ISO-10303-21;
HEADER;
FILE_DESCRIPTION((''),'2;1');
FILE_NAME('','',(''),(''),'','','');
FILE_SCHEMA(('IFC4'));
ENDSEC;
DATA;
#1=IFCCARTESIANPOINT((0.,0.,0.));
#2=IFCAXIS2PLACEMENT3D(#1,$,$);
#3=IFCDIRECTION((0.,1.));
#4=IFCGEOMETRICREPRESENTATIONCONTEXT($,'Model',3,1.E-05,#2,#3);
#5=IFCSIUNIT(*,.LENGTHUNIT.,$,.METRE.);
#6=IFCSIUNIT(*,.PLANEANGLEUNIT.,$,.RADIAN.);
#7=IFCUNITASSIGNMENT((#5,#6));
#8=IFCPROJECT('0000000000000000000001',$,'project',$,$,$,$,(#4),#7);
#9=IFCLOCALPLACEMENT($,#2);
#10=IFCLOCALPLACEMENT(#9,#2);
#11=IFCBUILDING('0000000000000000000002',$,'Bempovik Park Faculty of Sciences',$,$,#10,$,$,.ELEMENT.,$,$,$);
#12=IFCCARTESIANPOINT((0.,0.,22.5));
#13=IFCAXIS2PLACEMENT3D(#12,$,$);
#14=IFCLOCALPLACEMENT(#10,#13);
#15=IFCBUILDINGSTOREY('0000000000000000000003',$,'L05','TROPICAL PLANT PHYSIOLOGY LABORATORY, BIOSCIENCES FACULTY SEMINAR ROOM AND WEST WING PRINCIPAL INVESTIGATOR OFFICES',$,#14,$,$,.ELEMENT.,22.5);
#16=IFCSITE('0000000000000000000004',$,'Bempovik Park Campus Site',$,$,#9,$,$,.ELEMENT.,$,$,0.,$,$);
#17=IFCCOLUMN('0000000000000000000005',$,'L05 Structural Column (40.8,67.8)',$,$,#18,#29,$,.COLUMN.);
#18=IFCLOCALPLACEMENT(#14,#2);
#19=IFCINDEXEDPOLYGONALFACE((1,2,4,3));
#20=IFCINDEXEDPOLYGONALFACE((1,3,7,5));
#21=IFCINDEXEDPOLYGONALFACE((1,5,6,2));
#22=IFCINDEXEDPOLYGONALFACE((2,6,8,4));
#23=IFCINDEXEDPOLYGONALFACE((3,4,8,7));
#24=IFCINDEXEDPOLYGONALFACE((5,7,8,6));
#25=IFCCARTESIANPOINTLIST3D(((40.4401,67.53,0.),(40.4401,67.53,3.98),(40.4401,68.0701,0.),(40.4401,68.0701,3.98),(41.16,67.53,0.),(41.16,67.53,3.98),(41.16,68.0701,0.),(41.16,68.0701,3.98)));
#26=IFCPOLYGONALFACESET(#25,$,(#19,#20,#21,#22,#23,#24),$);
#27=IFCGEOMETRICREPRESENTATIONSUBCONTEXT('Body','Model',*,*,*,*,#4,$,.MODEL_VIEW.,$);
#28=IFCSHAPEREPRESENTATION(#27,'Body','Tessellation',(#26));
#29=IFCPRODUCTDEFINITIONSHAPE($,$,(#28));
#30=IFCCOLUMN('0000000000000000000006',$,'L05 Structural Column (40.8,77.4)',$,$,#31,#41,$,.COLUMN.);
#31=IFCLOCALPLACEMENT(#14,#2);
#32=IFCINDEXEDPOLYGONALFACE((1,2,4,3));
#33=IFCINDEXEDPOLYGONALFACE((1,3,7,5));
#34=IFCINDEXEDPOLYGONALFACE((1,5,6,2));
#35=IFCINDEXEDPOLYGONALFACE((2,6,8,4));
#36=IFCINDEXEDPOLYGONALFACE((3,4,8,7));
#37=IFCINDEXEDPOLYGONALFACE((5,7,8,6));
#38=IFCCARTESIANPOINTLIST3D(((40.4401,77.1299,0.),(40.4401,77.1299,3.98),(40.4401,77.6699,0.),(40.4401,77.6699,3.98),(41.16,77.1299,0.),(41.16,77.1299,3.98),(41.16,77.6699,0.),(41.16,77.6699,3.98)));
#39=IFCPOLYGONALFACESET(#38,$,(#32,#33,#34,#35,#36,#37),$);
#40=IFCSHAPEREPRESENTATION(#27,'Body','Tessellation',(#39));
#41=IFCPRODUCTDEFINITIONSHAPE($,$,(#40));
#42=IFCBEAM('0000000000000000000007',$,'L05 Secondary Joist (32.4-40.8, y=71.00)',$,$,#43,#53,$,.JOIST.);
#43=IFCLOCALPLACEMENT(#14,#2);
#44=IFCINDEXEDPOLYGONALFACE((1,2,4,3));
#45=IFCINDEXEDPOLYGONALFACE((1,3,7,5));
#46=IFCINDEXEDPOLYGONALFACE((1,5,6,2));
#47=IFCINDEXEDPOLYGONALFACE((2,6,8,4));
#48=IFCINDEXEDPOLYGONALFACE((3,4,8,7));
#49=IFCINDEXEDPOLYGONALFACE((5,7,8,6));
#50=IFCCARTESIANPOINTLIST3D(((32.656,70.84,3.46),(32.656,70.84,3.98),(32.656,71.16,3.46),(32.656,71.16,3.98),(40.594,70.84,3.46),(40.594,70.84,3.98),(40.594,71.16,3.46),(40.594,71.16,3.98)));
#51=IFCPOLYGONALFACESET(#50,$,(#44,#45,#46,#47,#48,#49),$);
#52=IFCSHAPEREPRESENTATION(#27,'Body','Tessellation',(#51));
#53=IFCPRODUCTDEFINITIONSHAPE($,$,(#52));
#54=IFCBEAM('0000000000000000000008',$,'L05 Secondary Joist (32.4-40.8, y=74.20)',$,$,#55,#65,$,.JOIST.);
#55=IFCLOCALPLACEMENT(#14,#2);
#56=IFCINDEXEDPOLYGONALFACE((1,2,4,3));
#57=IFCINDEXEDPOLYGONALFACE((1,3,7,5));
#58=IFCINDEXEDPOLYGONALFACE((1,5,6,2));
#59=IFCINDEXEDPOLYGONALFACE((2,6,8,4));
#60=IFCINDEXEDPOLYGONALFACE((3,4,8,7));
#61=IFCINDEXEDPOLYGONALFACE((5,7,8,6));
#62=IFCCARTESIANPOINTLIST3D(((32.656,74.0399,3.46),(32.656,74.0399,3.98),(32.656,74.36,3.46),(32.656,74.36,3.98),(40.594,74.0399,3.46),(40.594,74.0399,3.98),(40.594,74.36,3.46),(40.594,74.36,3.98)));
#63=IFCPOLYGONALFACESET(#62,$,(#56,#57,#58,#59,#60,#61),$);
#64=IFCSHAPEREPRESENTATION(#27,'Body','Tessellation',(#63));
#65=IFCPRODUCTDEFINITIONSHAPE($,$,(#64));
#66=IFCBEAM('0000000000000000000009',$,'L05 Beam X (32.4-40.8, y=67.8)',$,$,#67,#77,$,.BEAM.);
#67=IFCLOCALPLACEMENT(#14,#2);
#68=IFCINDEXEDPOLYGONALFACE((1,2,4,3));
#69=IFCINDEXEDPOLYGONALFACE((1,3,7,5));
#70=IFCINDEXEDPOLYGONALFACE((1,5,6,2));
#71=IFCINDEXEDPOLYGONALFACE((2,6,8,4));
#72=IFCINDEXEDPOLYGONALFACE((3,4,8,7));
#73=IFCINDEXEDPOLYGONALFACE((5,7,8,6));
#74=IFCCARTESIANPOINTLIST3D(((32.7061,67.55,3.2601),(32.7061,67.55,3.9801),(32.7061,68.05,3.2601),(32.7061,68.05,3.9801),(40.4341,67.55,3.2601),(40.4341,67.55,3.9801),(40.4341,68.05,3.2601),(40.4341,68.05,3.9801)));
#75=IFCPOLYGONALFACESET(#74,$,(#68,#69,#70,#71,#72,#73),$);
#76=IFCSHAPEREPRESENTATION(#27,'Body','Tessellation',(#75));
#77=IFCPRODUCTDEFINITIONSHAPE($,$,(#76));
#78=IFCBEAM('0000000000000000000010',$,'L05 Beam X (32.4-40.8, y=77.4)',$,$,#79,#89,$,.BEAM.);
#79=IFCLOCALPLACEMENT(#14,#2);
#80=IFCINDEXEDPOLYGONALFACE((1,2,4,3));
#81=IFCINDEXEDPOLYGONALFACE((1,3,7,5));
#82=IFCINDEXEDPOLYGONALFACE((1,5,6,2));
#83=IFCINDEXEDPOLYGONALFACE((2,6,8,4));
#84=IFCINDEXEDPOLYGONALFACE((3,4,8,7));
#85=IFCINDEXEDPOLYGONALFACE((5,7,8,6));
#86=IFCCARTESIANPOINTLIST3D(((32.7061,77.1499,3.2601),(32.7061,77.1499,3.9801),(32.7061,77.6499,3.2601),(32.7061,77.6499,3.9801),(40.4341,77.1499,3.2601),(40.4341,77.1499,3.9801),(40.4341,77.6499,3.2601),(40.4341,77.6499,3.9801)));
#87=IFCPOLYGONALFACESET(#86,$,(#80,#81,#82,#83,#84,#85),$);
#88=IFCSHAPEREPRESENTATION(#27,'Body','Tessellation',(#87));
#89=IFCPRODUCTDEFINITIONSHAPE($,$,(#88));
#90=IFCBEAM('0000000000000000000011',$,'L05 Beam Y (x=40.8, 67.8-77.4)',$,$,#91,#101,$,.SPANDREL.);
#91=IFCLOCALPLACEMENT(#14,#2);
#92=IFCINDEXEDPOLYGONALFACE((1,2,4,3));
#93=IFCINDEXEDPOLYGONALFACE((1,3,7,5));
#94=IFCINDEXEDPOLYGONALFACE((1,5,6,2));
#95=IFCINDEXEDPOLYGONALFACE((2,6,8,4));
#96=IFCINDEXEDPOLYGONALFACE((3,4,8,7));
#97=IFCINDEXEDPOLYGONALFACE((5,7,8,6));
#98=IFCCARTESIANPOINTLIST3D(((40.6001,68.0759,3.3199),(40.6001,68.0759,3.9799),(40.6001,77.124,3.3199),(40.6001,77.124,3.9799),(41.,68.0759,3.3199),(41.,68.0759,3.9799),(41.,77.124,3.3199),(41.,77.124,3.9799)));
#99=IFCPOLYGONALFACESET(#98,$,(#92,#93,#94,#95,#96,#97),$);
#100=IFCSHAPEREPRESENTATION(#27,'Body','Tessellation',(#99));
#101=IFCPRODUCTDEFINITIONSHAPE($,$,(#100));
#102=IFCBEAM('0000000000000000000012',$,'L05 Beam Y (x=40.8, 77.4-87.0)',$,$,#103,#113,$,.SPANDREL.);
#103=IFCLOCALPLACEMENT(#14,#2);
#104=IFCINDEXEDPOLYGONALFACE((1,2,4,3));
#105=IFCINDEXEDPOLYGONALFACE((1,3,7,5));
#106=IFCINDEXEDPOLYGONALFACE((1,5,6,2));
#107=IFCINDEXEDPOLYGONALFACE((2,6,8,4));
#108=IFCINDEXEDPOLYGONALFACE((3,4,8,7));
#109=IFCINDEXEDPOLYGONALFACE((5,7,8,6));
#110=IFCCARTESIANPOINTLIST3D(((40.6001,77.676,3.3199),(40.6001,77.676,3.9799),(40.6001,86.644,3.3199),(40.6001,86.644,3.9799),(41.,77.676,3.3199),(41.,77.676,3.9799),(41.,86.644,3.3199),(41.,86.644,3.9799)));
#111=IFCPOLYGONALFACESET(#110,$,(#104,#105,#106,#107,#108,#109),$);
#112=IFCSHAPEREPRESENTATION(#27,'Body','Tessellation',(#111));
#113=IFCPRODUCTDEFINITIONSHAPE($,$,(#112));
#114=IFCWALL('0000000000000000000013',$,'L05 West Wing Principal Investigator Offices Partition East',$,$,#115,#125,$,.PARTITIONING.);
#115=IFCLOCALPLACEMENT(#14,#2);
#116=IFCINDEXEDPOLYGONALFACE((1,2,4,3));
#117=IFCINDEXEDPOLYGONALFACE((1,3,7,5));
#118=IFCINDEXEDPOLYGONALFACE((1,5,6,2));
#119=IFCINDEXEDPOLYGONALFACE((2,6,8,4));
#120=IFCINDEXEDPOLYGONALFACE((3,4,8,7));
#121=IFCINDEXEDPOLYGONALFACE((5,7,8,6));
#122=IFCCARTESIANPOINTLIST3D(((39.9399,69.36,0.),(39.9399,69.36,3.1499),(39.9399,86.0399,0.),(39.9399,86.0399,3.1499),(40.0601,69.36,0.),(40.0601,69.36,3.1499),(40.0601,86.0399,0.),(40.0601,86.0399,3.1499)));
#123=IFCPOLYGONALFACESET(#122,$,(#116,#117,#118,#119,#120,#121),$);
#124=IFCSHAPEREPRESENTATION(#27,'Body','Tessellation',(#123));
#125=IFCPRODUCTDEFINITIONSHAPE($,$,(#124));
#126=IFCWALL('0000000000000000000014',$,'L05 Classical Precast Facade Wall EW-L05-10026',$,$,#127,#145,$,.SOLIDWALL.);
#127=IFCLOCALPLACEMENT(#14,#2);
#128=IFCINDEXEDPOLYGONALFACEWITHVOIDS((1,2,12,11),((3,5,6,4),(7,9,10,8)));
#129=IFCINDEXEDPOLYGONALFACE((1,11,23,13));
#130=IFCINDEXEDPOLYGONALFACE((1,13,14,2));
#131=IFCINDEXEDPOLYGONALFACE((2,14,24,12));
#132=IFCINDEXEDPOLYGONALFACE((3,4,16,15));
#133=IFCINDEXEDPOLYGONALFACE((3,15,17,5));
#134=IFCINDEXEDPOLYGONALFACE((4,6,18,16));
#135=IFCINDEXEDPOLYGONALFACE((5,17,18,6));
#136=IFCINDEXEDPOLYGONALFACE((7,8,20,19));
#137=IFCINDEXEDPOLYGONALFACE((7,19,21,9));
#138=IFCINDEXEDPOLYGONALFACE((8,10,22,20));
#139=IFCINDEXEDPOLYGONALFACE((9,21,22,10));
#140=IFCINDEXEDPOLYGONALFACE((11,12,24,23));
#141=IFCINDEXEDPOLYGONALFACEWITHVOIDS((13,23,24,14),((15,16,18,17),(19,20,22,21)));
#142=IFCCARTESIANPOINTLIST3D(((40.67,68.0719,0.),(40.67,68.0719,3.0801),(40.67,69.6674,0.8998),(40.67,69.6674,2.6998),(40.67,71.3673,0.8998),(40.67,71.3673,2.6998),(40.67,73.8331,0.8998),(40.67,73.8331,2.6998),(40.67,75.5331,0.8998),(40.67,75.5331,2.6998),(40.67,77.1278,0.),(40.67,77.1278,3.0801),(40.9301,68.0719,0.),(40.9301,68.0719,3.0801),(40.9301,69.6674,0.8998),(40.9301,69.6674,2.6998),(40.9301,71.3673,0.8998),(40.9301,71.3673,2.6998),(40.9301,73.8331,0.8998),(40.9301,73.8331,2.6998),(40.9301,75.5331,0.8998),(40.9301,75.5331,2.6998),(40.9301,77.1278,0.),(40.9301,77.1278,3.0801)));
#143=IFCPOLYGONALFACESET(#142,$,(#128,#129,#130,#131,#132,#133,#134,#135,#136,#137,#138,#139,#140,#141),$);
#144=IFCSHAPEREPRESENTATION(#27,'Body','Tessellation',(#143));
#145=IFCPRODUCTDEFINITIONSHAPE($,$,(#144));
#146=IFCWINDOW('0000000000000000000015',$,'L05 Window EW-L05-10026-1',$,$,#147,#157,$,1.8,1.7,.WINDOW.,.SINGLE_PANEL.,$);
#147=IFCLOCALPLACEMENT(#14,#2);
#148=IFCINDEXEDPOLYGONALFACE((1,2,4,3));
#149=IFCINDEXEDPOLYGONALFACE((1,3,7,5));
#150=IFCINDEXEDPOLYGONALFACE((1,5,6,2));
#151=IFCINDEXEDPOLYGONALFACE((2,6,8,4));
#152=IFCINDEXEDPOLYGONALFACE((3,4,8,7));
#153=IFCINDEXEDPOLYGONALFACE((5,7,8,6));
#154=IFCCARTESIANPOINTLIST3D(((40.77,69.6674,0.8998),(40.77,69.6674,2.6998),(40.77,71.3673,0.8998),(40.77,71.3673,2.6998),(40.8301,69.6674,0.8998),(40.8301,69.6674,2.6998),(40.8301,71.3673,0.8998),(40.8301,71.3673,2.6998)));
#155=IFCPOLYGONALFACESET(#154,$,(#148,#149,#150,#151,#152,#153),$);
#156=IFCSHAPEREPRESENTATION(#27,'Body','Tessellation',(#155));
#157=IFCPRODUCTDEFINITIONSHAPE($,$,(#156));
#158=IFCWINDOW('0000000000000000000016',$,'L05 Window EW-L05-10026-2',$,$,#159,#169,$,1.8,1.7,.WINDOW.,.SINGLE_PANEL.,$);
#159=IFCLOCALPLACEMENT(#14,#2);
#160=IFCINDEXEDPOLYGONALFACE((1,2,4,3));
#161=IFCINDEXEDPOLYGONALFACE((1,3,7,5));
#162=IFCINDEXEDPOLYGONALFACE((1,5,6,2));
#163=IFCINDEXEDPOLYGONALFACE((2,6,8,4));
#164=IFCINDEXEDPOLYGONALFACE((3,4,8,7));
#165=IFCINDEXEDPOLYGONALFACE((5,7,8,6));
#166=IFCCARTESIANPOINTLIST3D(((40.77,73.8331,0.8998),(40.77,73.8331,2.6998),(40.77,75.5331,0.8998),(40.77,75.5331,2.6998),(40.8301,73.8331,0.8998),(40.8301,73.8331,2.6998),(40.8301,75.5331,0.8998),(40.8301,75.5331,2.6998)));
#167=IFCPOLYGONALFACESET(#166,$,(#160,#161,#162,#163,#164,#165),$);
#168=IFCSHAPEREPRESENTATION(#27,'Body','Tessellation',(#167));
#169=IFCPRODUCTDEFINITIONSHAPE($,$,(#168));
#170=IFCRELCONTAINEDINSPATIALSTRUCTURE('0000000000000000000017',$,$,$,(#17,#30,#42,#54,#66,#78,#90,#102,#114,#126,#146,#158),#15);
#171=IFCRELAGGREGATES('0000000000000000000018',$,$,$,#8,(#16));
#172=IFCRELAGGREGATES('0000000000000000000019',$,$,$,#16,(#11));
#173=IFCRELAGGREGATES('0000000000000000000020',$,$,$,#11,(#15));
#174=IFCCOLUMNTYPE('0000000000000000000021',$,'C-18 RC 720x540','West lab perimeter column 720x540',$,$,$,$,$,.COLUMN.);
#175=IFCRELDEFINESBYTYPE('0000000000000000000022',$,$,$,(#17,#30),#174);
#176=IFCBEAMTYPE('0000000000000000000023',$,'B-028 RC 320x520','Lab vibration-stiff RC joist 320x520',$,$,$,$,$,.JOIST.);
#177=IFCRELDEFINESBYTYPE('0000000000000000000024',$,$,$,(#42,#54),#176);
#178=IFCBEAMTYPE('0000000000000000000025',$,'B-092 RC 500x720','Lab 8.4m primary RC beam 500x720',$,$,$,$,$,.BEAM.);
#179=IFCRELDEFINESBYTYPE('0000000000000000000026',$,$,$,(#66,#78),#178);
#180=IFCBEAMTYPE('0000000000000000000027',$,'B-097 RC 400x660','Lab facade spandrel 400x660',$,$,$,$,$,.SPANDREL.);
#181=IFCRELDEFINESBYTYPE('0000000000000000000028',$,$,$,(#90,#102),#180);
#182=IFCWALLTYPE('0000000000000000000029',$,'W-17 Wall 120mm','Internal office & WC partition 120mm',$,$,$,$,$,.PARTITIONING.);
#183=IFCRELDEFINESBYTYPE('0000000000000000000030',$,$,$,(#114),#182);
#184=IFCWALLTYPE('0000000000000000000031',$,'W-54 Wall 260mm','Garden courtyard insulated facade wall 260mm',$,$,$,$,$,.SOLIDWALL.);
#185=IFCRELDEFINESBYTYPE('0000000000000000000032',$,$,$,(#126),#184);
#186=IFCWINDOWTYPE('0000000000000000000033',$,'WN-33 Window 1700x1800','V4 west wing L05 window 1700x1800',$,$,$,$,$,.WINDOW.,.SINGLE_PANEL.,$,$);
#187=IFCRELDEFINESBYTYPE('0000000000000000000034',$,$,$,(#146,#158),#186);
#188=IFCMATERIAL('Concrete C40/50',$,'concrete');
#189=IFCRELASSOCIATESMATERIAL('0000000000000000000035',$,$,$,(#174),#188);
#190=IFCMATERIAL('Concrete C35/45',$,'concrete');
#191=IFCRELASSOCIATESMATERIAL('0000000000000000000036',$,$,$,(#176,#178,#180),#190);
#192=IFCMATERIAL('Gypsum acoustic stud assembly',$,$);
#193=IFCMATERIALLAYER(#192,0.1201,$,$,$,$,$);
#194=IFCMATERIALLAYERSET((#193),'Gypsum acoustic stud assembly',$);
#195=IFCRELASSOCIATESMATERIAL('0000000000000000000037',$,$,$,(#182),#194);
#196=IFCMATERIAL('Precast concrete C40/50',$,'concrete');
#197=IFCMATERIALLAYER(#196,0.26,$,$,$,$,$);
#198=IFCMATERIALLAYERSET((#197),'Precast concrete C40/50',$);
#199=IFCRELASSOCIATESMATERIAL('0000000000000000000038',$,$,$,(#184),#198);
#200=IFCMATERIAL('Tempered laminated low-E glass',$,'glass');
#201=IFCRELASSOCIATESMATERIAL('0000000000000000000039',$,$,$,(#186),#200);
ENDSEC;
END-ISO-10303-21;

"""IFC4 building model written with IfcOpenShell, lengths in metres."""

from ifc_helpers import new_model, si_unit, direction, frame, frame_2d, origin, origin_2d, place, context, subcontext, project, spatial, rectangle, extrude, material, layer, layer_set, material_profile, profile_set, type_object, element, fill, save


model = new_model("IFC4")

# Units and contexts
model_context = context("Model", 3, precision=1e-05, world=origin(), true_north=direction((0.0, 1.0)))
body_context = subcontext(model_context, "Body", "Model", "MODEL_VIEW")
ifc_project = project(units=[si_unit("LENGTHUNIT", "METRE"), si_unit("PLANEANGLEUNIT", "RADIAN")], contexts=[model_context])

# Site, building, storey
site_placement = place(None, origin())
site = spatial("IfcSite", under=ifc_project, at=site_placement, Name="Bempovik Park Campus Site", CompositionType="ELEMENT", RefElevation=0.0)
building_placement = place(site_placement, origin())
building = spatial("IfcBuilding", under=site, at=building_placement, Name="Bempovik Park Faculty of Sciences", CompositionType="ELEMENT")
storey_placement = place(building_placement, frame((0.0, 0.0, 22.5)))
storey = spatial("IfcBuildingStorey", under=building, at=storey_placement, Name="L05", Description="TROPICAL PLANT PHYSIOLOGY LABORATORY, BIOSCIENCES FACULTY SEMINAR ROOM AND WEST WING PRINCIPAL INVESTIGATOR OFFICES", CompositionType="ELEMENT", Elevation=22.5)

# Columns
ifc_material_1 = material(Name="Concrete C40/50", Category="concrete")
ifc_material_profile_1 = material_profile(ifc_material_1, rectangle(XDim=0.72, YDim=0.54, at=origin_2d()), Name="RC 720x540")
ifc_profile_set_1 = profile_set([ifc_material_profile_1], Name="Concrete C40/50")
column_type = type_object("IfcColumnType", Name="C-18 RC 720x540", Description="West lab perimeter column 720x540", PredefinedType="COLUMN", material=ifc_profile_set_1)
for number, where, z_axis, x_axis, name in (
    (1, (40.8, 67.8, 0.0), (0.0, 0.0, 1.0), (1.0, 0.0, 0.0), "L05 Structural Column (40.8,67.8)"),
    (2, (40.8, 77.3999, 0.0), (0.0, 0.0, 1.0), (1.0, 0.0, 0.0), "L05 Structural Column (40.8,77.4)"),
):
    element("IfcColumn", number, at=place(storey_placement, frame(where, z_axis=z_axis, x_axis=x_axis)), inside=storey, type_object=column_type, Name=name, PredefinedType="COLUMN", context=body_context, shape_type="SweptSolid", body=[
        extrude(rectangle(XDim=0.72, YDim=0.54, at=origin_2d()), origin(), (0.0, 0.0, 1.0), 3.98),
    ])

# Beams
ifc_material_2 = material(Name="Concrete C35/45", Category="concrete")
ifc_material_profile_2 = material_profile(ifc_material_2, rectangle(XDim=0.3201, YDim=0.52, at=origin_2d()), Name="RC 320x520")
ifc_profile_set_2 = profile_set([ifc_material_profile_2], Name="Concrete C35/45")
beam_type_1 = type_object("IfcBeamType", Name="B-028 RC 320x520", Description="Lab vibration-stiff RC joist 320x520", PredefinedType="JOIST", material=ifc_profile_set_2)
for number, where, z_axis, x_axis, name in (
    (3, (32.656, 71.0, 3.72), (1.0, 0.0, 0.0), (0.0, 1.0, 0.0), "L05 Secondary Joist (32.4-40.8, y=71.00)"),
    (4, (32.656, 74.2, 3.72), (1.0, 0.0, 0.0), (0.0, 1.0, 0.0), "L05 Secondary Joist (32.4-40.8, y=74.20)"),
):
    element("IfcBeam", number, at=place(storey_placement, frame(where, z_axis=z_axis, x_axis=x_axis)), inside=storey, type_object=beam_type_1, Name=name, PredefinedType="JOIST", context=body_context, shape_type="SweptSolid", body=[
        extrude(rectangle(XDim=0.3201, YDim=0.52, at=origin_2d()), origin(), (0.0, 0.0, 1.0), 7.938),
    ])
ifc_material_profile_3 = material_profile(ifc_material_2, rectangle(XDim=0.5, YDim=0.72, at=origin_2d()), Name="RC 500x720")
ifc_profile_set_3 = profile_set([ifc_material_profile_3], Name="Concrete C35/45")
beam_type_2 = type_object("IfcBeamType", Name="B-092 RC 500x720", Description="Lab 8.4m primary RC beam 500x720", PredefinedType="BEAM", material=ifc_profile_set_3)
for number, where, z_axis, x_axis, name in (
    (5, (32.7061, 67.8, 3.6201), (1.0, 0.0, 0.0), (0.0, 1.0, 0.0), "L05 Beam X (32.4-40.8, y=67.8)"),
    (6, (32.7061, 77.3999, 3.6201), (1.0, 0.0, 0.0), (0.0, 1.0, 0.0), "L05 Beam X (32.4-40.8, y=77.4)"),
):
    element("IfcBeam", number, at=place(storey_placement, frame(where, z_axis=z_axis, x_axis=x_axis)), inside=storey, type_object=beam_type_2, Name=name, PredefinedType="BEAM", context=body_context, shape_type="SweptSolid", body=[
        extrude(rectangle(XDim=0.5, YDim=0.72, at=origin_2d()), origin(), (0.0, 0.0, 1.0), 7.728),
    ])
ifc_material_profile_4 = material_profile(ifc_material_2, rectangle(XDim=0.3999, YDim=0.6599, at=origin_2d()), Name="RC 400x660")
ifc_profile_set_4 = profile_set([ifc_material_profile_4], Name="Concrete C35/45")
beam_type_3 = type_object("IfcBeamType", Name="B-097 RC 400x660", Description="Lab facade spandrel 400x660", PredefinedType="SPANDREL", material=ifc_profile_set_4)
beam_1_placement = place(storey_placement, frame((40.8, 68.0759, 3.6499), z_axis=(0.0, 1.0, 0.0), x_axis=(-1.0, 0.0, 0.0)))
element("IfcBeam", 7, at=beam_1_placement, inside=storey, type_object=beam_type_3, Name="L05 Beam Y (x=40.8, 67.8-77.4)", PredefinedType="SPANDREL", context=body_context, shape_type="SweptSolid", body=[
    extrude(rectangle(XDim=0.3999, YDim=0.6599, at=origin_2d()), origin(), (0.0, 0.0, 1.0), 9.0481),
])
beam_2_placement = place(storey_placement, frame((40.8, 77.676, 3.6499), z_axis=(0.0, 1.0, 0.0), x_axis=(-1.0, 0.0, 0.0)))
element("IfcBeam", 8, at=beam_2_placement, inside=storey, type_object=beam_type_3, Name="L05 Beam Y (x=40.8, 77.4-87.0)", PredefinedType="SPANDREL", context=body_context, shape_type="SweptSolid", body=[
    extrude(rectangle(XDim=0.3999, YDim=0.6599, at=origin_2d()), origin(), (0.0, 0.0, 1.0), 8.968),
])

# Wall
ifc_material_3 = material(Name="Gypsum acoustic stud assembly")
ifc_layer_1 = layer(ifc_material_3, 0.1201)
ifc_layer_set_1 = layer_set([ifc_layer_1], Name="Gypsum acoustic stud assembly")
wall_type_1 = type_object("IfcWallType", Name="W-17 Wall 120mm", Description="Internal office & WC partition 120mm", PredefinedType="PARTITIONING", material=ifc_layer_set_1)
wall_1_placement = place(storey_placement, frame((40.0, 69.3601, 0.0), z_axis=(0.0, 0.0, 1.0), x_axis=(0.0, 1.0, 0.0)))
element("IfcWall", 9, at=wall_1_placement, inside=storey, type_object=wall_type_1, Name="L05 West Wing Principal Investigator Offices Partition East", PredefinedType="PARTITIONING", context=body_context, shape_type="SweptSolid", body=[
    extrude(rectangle(XDim=16.6799, YDim=0.1201, at=frame_2d((8.3398, 0.0))), origin(), (0.0, 0.0, 1.0), 3.1499),
])

# Wall, openings, windows
ifc_material_4 = material(Name="Precast concrete C40/50", Category="concrete")
ifc_layer_2 = layer(ifc_material_4, 0.26)
ifc_layer_set_2 = layer_set([ifc_layer_2], Name="Precast concrete C40/50")
wall_type_2 = type_object("IfcWallType", Name="W-54 Wall 260mm", Description="Garden courtyard insulated facade wall 260mm", PredefinedType="SOLIDWALL", material=ifc_layer_set_2)
wall_2_placement = place(storey_placement, frame((40.8, 68.072, 0.0), z_axis=(0.0, 0.0, 1.0), x_axis=(0.0, 1.0, 0.0)))
wall_2 = element("IfcWall", 10, at=wall_2_placement, inside=storey, type_object=wall_type_2, Name="L05 Classical Precast Facade Wall EW-L05-10026", PredefinedType="SOLIDWALL", context=body_context, shape_type="SweptSolid", body=[
    extrude(rectangle(XDim=9.0559, YDim=0.26, at=frame_2d((4.5278, 0.0))), origin(), (0.0, 0.0, 1.0), 3.0801),
])
opening_1_placement = place(wall_2_placement, frame((1.5952, 0.0, 0.8999)))
opening_1 = element("IfcOpeningElement", 11, at=opening_1_placement, cuts=wall_2, PredefinedType="OPENING", context=body_context, shape_type="SweptSolid", body=[
    extrude(rectangle(XDim=1.7, YDim=1.8, at=frame_2d((0.8501, 0.8999))), frame((0.0, 0.1401, 0.0), z_axis=(0.0, -1.0, 0.0), x_axis=(1.0, 0.0, 0.0)), (0.0, 0.0, 1.0), 0.28),
])
opening_2_placement = place(wall_2_placement, frame((5.761, 0.0, 0.8999)))
opening_2 = element("IfcOpeningElement", 12, at=opening_2_placement, cuts=wall_2, PredefinedType="OPENING", context=body_context, shape_type="SweptSolid", body=[
    extrude(rectangle(XDim=1.7, YDim=1.8, at=frame_2d((0.8501, 0.8999))), frame((0.0, 0.1401, 0.0), z_axis=(0.0, -1.0, 0.0), x_axis=(1.0, 0.0, 0.0)), (0.0, 0.0, 1.0), 0.28),
])
ifc_material_5 = material(Name="Tempered laminated low-E glass", Category="glass")
window_type = type_object("IfcWindowType", Name="WN-33 Window 1700x1800", Description="V4 west wing L05 window 1700x1800", PartitioningType="SINGLE_PANEL", PredefinedType="WINDOW", material=ifc_material_5)
window_1_placement = place(opening_1_placement, origin())
window_1 = element("IfcWindow", 13, at=window_1_placement, inside=storey, type_object=window_type, Name="L05 Window EW-L05-10026-1", OverallHeight=1.8, OverallWidth=1.7, PartitioningType="SINGLE_PANEL", PredefinedType="WINDOW", context=body_context, shape_type="SweptSolid", body=[
    extrude(rectangle(XDim=1.7, YDim=1.8, at=frame_2d((0.8501, 0.8999))), frame((0.0, 0.03, 0.0), z_axis=(0.0, -1.0, 0.0), x_axis=(1.0, 0.0, 0.0)), (0.0, 0.0, 1.0), 0.0601),
])
fill(opening_1, window_1)
window_2_placement = place(opening_2_placement, origin())
window_2 = element("IfcWindow", 14, at=window_2_placement, inside=storey, type_object=window_type, Name="L05 Window EW-L05-10026-2", OverallHeight=1.8, OverallWidth=1.7, PartitioningType="SINGLE_PANEL", PredefinedType="WINDOW", context=body_context, shape_type="SweptSolid", body=[
    extrude(rectangle(XDim=1.7, YDim=1.8, at=frame_2d((0.8501, 0.8999))), frame((0.0, 0.03, 0.0), z_axis=(0.0, -1.0, 0.0), x_axis=(1.0, 0.0, 0.0)), (0.0, 0.0, 1.0), 0.0601),
])
fill(opening_2, window_2)

save(model, "model.ifc")
